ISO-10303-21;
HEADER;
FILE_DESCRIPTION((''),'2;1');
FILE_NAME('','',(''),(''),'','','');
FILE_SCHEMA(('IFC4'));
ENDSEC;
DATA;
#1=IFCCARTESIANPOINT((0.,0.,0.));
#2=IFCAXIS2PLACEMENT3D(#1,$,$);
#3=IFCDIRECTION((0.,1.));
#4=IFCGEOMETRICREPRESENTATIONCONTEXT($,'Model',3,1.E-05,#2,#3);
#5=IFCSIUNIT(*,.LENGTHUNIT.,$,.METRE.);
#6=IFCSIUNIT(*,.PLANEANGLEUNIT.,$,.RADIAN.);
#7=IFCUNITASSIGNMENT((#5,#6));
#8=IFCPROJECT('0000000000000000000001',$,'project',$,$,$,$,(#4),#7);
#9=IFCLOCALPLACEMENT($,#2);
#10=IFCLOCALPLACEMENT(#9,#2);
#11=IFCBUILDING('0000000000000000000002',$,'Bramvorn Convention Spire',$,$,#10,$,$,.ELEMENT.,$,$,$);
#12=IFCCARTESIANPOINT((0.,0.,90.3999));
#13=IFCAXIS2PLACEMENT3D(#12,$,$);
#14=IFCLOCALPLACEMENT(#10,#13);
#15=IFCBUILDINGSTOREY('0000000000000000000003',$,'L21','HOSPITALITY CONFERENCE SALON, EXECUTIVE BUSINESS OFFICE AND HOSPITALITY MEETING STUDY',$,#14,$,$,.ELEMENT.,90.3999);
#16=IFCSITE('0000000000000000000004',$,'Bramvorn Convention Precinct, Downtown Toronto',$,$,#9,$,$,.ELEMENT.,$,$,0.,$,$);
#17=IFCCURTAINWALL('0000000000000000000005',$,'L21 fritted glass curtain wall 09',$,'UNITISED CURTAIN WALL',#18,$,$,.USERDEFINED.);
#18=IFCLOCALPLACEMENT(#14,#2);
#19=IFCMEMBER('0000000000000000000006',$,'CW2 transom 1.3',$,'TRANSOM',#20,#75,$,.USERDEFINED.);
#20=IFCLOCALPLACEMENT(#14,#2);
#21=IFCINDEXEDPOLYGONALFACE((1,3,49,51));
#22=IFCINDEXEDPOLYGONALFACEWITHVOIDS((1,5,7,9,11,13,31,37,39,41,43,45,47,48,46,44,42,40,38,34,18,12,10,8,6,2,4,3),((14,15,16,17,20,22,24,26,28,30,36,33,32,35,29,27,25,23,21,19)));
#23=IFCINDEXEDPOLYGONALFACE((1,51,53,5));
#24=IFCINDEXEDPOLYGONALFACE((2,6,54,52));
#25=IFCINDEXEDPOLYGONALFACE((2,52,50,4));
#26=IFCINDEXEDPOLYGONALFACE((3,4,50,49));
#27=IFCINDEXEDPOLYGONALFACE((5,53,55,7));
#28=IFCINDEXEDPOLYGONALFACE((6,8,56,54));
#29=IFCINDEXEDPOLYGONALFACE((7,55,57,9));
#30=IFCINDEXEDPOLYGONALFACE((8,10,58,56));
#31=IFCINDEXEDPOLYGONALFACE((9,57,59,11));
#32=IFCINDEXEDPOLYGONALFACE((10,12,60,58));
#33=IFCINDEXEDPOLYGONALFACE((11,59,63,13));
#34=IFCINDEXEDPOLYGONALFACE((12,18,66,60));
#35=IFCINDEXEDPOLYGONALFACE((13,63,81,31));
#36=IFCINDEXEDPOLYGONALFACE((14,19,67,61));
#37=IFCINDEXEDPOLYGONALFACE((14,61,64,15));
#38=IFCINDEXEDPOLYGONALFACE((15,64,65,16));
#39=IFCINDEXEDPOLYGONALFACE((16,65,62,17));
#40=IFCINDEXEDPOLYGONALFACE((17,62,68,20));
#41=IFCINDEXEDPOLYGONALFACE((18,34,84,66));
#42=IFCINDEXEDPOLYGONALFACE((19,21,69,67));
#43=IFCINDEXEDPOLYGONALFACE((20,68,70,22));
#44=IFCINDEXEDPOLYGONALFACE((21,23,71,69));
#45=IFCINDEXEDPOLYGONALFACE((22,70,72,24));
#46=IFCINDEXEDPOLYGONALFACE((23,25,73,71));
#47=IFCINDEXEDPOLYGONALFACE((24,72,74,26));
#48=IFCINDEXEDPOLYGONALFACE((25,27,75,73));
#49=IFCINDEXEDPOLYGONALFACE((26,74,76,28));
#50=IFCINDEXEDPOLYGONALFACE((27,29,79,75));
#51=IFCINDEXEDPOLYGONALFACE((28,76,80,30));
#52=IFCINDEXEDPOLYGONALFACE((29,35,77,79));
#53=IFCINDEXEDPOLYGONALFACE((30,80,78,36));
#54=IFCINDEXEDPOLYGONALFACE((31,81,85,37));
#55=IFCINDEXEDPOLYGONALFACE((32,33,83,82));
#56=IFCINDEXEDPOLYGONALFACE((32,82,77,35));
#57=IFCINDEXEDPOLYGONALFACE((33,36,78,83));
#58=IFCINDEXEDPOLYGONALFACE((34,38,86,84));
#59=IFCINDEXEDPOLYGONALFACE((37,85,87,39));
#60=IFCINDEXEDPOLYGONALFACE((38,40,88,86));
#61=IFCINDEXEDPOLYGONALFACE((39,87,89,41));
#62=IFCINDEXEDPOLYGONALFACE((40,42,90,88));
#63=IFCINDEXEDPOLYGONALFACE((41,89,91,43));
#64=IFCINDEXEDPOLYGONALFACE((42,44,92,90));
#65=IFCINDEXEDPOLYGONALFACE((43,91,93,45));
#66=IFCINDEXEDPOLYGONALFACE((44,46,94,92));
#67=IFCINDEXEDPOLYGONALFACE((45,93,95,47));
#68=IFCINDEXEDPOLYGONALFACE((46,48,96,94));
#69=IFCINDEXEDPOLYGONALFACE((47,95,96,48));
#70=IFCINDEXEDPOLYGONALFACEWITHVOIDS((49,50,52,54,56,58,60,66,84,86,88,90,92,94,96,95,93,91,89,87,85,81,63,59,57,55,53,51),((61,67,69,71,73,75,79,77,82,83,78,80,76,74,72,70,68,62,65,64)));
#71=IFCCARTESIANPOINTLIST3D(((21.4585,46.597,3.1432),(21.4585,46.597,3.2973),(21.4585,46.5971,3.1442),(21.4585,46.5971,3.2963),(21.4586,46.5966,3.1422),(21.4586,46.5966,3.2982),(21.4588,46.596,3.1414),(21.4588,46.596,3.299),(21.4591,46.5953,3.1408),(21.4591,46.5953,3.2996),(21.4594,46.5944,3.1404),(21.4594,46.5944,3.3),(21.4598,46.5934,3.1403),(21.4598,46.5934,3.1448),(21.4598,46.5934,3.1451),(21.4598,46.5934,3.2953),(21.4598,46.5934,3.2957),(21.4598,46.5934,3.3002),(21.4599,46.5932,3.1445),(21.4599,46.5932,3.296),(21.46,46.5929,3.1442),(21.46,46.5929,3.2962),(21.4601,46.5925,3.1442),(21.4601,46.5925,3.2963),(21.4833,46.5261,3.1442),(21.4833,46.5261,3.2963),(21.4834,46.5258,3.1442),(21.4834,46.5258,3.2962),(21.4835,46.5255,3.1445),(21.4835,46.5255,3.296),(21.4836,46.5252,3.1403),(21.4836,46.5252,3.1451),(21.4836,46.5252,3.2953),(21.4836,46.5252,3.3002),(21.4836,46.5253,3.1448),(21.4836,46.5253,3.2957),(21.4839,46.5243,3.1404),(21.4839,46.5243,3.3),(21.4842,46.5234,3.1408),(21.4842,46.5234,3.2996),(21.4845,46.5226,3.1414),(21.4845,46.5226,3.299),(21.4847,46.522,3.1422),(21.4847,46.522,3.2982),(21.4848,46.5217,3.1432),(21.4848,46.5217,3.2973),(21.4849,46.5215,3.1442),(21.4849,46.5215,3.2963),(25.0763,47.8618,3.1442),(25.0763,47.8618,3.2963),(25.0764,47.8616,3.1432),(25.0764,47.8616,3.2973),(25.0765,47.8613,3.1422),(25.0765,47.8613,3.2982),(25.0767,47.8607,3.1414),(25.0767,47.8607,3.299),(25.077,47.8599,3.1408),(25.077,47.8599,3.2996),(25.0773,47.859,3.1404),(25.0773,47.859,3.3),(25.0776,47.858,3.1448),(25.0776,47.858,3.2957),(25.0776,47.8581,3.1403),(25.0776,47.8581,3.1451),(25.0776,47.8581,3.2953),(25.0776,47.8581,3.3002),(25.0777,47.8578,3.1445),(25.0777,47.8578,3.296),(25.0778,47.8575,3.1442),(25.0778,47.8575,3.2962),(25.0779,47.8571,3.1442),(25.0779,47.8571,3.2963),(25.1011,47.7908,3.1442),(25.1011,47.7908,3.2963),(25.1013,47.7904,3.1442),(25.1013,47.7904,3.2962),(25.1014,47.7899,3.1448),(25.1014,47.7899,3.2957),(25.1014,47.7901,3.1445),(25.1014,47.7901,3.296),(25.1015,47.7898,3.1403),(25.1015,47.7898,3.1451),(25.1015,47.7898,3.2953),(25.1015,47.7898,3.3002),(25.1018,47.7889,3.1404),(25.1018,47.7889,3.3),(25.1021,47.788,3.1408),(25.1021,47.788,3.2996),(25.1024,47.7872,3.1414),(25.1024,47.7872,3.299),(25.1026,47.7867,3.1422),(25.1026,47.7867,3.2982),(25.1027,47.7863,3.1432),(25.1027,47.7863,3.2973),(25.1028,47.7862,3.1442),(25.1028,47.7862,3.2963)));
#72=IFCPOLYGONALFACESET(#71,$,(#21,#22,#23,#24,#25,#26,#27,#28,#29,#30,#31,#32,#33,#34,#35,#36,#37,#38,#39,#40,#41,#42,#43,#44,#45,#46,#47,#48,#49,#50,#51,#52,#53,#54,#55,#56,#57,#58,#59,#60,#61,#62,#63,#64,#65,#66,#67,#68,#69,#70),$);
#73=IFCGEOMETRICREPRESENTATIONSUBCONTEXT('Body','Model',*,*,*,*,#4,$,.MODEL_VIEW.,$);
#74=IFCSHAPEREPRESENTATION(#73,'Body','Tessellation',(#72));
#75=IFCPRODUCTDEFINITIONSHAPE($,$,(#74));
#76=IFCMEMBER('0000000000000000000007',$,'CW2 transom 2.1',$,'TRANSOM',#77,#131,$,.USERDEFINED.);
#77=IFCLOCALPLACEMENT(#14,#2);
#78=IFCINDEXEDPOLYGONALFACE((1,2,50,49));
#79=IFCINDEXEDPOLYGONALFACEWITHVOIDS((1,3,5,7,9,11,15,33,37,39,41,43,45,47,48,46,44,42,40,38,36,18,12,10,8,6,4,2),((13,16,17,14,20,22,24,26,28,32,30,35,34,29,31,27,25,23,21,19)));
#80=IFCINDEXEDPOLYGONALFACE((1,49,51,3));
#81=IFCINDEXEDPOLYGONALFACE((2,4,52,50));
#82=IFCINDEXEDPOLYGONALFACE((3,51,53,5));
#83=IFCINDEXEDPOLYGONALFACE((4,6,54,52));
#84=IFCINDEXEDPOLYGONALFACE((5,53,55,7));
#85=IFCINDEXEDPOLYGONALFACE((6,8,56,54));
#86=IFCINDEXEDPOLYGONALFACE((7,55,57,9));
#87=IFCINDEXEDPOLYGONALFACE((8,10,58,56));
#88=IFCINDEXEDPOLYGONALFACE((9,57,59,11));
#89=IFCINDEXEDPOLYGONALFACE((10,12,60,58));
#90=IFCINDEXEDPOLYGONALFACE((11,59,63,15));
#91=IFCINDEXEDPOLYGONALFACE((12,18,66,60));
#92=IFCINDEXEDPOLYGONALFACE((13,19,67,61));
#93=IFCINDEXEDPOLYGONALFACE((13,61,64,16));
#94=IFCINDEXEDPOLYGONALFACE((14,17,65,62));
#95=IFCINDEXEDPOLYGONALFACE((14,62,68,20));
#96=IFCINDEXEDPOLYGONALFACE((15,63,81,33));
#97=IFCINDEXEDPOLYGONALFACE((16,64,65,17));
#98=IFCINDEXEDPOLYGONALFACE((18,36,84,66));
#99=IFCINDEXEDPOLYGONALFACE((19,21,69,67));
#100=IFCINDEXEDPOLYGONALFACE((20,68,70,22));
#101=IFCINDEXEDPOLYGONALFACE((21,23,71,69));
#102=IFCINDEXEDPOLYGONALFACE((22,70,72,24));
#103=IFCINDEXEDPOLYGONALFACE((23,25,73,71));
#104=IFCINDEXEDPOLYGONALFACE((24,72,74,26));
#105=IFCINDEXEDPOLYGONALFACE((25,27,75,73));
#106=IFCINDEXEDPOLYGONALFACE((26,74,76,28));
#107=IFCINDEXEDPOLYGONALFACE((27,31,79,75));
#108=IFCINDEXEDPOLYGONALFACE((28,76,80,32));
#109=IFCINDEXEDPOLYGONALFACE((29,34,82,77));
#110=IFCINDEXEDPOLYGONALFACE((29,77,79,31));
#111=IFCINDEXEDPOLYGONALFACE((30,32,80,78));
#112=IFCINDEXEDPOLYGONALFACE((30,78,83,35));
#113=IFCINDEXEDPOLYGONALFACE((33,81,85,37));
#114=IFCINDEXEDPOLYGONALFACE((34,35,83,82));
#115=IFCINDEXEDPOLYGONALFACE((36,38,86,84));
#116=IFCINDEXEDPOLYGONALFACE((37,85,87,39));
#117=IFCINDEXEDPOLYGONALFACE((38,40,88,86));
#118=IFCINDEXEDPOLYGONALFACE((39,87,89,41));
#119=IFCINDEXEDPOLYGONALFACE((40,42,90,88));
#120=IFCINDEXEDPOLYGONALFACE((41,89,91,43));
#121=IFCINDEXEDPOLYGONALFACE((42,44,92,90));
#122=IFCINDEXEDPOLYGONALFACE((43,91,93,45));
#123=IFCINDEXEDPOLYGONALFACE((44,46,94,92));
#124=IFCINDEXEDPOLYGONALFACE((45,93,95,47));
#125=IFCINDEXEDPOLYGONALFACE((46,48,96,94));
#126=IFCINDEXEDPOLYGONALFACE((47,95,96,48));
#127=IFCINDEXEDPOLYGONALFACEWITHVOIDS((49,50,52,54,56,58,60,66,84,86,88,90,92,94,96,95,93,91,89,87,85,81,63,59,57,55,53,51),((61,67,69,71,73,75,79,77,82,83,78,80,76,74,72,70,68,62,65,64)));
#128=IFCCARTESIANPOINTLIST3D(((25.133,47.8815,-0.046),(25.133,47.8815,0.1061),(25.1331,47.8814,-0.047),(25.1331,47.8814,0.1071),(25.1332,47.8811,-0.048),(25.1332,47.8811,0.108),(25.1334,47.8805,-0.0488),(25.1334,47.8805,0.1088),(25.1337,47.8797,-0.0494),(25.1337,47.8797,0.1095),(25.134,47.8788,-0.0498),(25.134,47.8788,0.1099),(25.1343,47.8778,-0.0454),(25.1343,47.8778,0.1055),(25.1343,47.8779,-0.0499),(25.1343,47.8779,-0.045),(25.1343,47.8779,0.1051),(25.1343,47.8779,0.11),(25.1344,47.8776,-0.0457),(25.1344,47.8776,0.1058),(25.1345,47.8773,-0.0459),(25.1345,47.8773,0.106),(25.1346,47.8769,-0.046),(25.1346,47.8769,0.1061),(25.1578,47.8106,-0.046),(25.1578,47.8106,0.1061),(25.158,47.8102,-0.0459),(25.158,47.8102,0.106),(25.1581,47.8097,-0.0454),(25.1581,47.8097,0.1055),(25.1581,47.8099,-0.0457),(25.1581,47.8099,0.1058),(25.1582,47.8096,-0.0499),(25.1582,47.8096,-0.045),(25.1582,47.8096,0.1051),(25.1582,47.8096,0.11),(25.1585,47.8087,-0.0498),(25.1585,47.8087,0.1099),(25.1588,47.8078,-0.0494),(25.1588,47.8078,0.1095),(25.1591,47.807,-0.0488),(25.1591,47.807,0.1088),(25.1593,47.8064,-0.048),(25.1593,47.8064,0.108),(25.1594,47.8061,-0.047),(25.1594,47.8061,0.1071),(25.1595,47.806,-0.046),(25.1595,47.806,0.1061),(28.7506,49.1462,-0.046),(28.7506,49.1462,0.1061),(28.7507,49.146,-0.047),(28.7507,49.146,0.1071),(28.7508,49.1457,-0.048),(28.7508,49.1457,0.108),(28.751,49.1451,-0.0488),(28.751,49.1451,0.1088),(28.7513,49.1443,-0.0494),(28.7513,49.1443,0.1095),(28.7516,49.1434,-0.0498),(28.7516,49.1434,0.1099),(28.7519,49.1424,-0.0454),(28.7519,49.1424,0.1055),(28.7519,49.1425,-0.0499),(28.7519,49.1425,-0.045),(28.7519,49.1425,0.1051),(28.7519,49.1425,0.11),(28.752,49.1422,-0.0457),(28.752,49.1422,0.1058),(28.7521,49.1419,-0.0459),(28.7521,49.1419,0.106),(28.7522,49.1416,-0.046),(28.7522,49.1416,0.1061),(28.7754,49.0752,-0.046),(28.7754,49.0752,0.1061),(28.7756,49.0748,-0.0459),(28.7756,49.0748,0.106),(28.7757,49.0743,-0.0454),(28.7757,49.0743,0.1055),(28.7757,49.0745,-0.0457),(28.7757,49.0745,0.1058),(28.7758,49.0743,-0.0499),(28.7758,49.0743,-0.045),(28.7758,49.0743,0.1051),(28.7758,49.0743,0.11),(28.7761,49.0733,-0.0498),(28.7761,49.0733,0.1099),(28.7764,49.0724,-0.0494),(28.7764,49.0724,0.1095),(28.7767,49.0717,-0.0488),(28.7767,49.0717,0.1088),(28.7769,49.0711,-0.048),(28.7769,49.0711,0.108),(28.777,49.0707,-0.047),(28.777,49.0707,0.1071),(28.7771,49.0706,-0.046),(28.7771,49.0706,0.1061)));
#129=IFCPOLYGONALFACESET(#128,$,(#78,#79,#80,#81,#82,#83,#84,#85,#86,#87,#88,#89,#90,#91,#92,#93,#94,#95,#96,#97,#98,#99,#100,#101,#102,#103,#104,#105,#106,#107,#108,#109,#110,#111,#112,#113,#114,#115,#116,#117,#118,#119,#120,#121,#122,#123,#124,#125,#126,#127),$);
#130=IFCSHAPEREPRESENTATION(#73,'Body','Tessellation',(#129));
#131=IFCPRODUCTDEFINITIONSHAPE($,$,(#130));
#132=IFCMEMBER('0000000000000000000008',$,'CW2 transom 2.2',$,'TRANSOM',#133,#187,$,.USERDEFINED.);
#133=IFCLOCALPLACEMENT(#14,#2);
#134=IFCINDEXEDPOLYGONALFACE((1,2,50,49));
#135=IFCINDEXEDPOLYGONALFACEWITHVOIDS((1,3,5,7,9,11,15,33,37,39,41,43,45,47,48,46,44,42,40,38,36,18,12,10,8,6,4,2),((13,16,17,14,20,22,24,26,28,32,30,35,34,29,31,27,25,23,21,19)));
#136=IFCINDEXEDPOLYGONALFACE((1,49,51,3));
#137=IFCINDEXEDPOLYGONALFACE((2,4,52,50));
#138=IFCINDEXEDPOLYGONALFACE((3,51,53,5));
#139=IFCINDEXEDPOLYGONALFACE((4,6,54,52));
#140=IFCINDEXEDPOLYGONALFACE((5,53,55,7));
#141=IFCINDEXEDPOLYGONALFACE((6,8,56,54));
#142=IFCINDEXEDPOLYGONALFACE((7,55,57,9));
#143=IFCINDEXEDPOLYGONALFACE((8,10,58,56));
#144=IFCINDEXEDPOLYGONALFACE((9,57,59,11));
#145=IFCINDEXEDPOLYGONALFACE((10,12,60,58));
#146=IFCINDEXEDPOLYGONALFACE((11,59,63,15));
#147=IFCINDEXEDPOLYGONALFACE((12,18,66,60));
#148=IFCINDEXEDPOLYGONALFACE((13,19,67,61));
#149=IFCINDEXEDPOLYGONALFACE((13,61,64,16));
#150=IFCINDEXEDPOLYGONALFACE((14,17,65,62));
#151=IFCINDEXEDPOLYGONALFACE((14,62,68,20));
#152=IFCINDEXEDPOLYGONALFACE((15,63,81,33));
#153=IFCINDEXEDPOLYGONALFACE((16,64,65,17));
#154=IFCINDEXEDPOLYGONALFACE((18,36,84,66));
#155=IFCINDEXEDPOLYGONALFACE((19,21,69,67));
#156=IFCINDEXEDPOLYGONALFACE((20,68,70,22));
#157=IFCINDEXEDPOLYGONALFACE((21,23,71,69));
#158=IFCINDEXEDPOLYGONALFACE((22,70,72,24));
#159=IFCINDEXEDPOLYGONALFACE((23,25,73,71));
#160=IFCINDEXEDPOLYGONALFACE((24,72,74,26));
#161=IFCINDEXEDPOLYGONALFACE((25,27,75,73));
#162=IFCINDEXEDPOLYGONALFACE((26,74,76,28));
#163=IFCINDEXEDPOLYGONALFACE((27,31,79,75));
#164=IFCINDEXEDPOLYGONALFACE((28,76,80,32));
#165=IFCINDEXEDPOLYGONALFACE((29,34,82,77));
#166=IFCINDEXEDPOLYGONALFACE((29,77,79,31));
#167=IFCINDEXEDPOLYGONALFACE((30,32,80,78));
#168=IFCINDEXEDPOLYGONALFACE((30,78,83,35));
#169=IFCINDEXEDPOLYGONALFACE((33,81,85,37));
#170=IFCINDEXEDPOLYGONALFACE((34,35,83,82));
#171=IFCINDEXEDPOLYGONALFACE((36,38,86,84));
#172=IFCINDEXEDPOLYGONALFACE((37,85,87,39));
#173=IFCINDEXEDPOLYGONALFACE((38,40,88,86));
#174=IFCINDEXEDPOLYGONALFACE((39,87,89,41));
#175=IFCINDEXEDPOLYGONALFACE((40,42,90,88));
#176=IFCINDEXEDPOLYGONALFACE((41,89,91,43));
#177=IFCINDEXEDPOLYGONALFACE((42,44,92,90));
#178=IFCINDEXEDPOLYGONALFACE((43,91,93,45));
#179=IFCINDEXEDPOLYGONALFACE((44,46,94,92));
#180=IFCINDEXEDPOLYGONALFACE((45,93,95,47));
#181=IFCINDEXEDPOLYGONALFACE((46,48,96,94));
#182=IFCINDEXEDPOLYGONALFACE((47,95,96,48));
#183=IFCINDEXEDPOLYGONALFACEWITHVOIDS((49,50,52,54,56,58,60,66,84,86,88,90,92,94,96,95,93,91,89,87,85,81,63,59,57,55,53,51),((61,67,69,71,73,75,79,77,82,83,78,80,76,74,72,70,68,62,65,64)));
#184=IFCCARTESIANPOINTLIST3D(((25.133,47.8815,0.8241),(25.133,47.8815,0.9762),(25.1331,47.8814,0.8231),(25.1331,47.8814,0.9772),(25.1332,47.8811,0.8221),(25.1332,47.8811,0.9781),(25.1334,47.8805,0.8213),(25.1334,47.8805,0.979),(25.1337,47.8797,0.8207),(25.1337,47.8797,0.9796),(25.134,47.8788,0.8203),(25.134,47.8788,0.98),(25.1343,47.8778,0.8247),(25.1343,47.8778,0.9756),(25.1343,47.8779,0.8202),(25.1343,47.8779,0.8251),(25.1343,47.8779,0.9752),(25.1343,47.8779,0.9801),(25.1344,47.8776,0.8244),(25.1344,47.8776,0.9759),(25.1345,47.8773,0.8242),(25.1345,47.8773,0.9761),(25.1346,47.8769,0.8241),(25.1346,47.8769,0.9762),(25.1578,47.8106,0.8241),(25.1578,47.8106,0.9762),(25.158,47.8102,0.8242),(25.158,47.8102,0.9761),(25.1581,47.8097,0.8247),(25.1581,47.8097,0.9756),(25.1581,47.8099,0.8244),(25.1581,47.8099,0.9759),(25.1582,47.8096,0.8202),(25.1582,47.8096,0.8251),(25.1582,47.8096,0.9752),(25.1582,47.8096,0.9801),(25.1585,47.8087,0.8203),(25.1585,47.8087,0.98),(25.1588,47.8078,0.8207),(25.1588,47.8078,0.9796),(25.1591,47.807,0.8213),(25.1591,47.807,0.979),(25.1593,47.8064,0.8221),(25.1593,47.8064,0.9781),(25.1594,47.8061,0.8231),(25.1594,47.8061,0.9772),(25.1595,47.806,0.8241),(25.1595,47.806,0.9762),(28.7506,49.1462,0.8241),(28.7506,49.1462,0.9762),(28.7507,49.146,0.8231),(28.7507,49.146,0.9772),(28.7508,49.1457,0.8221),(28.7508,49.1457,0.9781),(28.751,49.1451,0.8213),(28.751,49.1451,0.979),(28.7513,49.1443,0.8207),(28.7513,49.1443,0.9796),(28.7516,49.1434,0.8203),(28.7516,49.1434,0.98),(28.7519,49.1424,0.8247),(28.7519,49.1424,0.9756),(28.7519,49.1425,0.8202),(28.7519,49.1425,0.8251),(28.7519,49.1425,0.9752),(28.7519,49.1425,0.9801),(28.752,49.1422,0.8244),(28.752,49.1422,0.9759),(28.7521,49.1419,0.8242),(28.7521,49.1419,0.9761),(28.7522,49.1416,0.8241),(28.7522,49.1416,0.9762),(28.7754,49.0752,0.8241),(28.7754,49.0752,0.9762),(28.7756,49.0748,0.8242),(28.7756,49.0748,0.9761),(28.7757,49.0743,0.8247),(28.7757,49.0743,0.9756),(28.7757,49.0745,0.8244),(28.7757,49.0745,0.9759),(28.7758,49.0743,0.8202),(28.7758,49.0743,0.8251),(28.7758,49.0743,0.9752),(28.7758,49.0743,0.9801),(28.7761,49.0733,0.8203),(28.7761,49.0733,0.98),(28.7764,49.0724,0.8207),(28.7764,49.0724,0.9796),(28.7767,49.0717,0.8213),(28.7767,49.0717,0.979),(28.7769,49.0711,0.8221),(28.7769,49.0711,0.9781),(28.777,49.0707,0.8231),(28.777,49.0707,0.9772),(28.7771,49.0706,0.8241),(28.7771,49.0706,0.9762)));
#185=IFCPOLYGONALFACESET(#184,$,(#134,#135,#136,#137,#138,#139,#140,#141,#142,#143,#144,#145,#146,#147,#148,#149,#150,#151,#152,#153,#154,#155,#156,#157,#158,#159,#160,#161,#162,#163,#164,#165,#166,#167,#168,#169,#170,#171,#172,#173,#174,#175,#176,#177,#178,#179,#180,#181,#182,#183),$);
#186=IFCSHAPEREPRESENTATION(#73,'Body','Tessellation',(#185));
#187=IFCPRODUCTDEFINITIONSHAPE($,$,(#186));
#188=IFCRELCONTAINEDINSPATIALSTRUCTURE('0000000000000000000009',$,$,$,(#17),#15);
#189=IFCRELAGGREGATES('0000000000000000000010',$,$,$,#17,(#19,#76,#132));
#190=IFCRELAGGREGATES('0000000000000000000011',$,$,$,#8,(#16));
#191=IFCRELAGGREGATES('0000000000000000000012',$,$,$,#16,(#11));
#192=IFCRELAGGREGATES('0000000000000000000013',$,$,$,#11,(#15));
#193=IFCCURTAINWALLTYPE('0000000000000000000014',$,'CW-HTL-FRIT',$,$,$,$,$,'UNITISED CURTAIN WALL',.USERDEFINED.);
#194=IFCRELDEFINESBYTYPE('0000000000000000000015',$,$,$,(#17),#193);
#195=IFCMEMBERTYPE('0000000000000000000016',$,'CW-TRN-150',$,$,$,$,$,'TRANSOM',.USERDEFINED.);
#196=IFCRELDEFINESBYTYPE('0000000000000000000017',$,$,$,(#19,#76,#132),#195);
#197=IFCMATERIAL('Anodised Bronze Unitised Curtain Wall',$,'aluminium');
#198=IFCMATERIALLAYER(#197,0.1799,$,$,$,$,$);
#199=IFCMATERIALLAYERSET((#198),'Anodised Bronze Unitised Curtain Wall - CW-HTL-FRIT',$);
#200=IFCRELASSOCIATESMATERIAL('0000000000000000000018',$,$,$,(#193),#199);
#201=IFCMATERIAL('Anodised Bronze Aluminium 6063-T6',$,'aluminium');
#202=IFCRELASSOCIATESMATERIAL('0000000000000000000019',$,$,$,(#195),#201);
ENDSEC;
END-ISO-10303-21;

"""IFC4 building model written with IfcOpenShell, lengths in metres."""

from ifc_helpers import new_model, si_unit, direction, frame, origin, origin_2d, place, context, subcontext, project, spatial, hollow_rectangle, extrude, material, layer, layer_set, material_profile, profile_set, type_object, element, aggregate, save


model = new_model("IFC4")

# Units and contexts
model_context = context("Model", 3, precision=1e-05, world=origin(), true_north=direction((0.0, 1.0)))
body_context = subcontext(model_context, "Body", "Model", "MODEL_VIEW")
ifc_project = project(units=[si_unit("LENGTHUNIT", "METRE"), si_unit("PLANEANGLEUNIT", "RADIAN")], contexts=[model_context])

# Site, building, storey
site_placement = place(None, origin())
site = spatial("IfcSite", under=ifc_project, at=site_placement, Name="Bramvorn Convention Precinct, Downtown Toronto", CompositionType="ELEMENT", RefElevation=0.0)
building_placement = place(site_placement, origin())
building = spatial("IfcBuilding", under=site, at=building_placement, Name="Bramvorn Convention Spire", CompositionType="ELEMENT")
storey_placement = place(building_placement, frame((0.0, 0.0, 90.3999)))
storey = spatial("IfcBuildingStorey", under=building, at=storey_placement, Name="L21", Description="HOSPITALITY CONFERENCE SALON, EXECUTIVE BUSINESS OFFICE AND HOSPITALITY MEETING STUDY", CompositionType="ELEMENT", Elevation=90.3999)

# Curtain wall
ifc_material_1 = material(Name="Anodised Bronze Unitised Curtain Wall", Category="aluminium")
ifc_layer_1 = layer(ifc_material_1, 0.1799)
ifc_layer_set_1 = layer_set([ifc_layer_1], Name="Anodised Bronze Unitised Curtain Wall - CW-HTL-FRIT")
curtain_wall_type = type_object("IfcCurtainWallType", Name="CW-HTL-FRIT", ElementType="UNITISED CURTAIN WALL", PredefinedType="USERDEFINED", material=ifc_layer_set_1)
curtain_wall_1_placement = place(storey_placement, origin())
curtain_wall_1 = element("IfcCurtainWall", 1, at=curtain_wall_1_placement, inside=storey, type_object=curtain_wall_type, Name="L21 fritted glass curtain wall 09", ObjectType="UNITISED CURTAIN WALL", PredefinedType="USERDEFINED")
ifc_material_2 = material(Name="Anodised Bronze Aluminium 6063-T6", Category="aluminium")

# Members
ifc_material_profile_1 = material_profile(ifc_material_2, hollow_rectangle(XDim=0.0801, YDim=0.1599, WallThickness=0.0039, InnerFilletRadius=0.001, OuterFilletRadius=0.0039, at=origin_2d()))
ifc_profile_set_1 = profile_set([ifc_material_profile_1], Name="Anodised Bronze Aluminium 6063-T6 - CWT80X160")
member_type_1 = type_object("IfcMemberType", Name="CW-TRN-150", ElementType="TRANSOM", PredefinedType="USERDEFINED", material=ifc_profile_set_1)
member_1_placement = place(storey_placement, frame((21.4717, 46.5593, 3.2202), z_axis=(0.94399, 0.329973, 0.0), x_axis=(-0.329973, 0.94399, 0.0)))
member_1 = element("IfcMember", 2, at=member_1_placement, type_object=member_type_1, Name="CW2 transom 1.3", ObjectType="TRANSOM", PredefinedType="USERDEFINED", context=body_context, shape_type="SweptSolid", body=[
    extrude(hollow_rectangle(XDim=0.0801, YDim=0.1599, WallThickness=0.0039, InnerFilletRadius=0.001, OuterFilletRadius=0.0039, at=origin_2d()), origin(), (0.0, 0.0, 1.0), 3.8325),
])
member_2_placement = place(storey_placement, frame((25.1462, 47.8438, 0.03), z_axis=(0.943983, 0.329993, 0.0), x_axis=(-0.329993, 0.943983, 0.0)))
member_2 = element("IfcMember", 3, at=member_2_placement, type_object=member_type_1, Name="CW2 transom 2.1", ObjectType="TRANSOM", PredefinedType="USERDEFINED", context=body_context, shape_type="SweptSolid", body=[
    extrude(hollow_rectangle(XDim=0.0801, YDim=0.1599, WallThickness=0.0039, InnerFilletRadius=0.001, OuterFilletRadius=0.0039, at=origin_2d()), origin(), (0.0, 0.0, 1.0), 3.8323),
])
member_3_placement = place(storey_placement, frame((25.1462, 47.8438, 0.9001), z_axis=(0.943983, 0.329993, 0.0), x_axis=(-0.329993, 0.943983, 0.0)))
member_3 = element("IfcMember", 4, at=member_3_placement, type_object=member_type_1, Name="CW2 transom 2.2", ObjectType="TRANSOM", PredefinedType="USERDEFINED", context=body_context, shape_type="SweptSolid", body=[
    extrude(hollow_rectangle(XDim=0.0801, YDim=0.1599, WallThickness=0.0039, InnerFilletRadius=0.001, OuterFilletRadius=0.0039, at=origin_2d()), origin(), (0.0, 0.0, 1.0), 3.8323),
])

aggregate(curtain_wall_1, [member_1, member_2, member_3])

save(model, "model.ifc")
